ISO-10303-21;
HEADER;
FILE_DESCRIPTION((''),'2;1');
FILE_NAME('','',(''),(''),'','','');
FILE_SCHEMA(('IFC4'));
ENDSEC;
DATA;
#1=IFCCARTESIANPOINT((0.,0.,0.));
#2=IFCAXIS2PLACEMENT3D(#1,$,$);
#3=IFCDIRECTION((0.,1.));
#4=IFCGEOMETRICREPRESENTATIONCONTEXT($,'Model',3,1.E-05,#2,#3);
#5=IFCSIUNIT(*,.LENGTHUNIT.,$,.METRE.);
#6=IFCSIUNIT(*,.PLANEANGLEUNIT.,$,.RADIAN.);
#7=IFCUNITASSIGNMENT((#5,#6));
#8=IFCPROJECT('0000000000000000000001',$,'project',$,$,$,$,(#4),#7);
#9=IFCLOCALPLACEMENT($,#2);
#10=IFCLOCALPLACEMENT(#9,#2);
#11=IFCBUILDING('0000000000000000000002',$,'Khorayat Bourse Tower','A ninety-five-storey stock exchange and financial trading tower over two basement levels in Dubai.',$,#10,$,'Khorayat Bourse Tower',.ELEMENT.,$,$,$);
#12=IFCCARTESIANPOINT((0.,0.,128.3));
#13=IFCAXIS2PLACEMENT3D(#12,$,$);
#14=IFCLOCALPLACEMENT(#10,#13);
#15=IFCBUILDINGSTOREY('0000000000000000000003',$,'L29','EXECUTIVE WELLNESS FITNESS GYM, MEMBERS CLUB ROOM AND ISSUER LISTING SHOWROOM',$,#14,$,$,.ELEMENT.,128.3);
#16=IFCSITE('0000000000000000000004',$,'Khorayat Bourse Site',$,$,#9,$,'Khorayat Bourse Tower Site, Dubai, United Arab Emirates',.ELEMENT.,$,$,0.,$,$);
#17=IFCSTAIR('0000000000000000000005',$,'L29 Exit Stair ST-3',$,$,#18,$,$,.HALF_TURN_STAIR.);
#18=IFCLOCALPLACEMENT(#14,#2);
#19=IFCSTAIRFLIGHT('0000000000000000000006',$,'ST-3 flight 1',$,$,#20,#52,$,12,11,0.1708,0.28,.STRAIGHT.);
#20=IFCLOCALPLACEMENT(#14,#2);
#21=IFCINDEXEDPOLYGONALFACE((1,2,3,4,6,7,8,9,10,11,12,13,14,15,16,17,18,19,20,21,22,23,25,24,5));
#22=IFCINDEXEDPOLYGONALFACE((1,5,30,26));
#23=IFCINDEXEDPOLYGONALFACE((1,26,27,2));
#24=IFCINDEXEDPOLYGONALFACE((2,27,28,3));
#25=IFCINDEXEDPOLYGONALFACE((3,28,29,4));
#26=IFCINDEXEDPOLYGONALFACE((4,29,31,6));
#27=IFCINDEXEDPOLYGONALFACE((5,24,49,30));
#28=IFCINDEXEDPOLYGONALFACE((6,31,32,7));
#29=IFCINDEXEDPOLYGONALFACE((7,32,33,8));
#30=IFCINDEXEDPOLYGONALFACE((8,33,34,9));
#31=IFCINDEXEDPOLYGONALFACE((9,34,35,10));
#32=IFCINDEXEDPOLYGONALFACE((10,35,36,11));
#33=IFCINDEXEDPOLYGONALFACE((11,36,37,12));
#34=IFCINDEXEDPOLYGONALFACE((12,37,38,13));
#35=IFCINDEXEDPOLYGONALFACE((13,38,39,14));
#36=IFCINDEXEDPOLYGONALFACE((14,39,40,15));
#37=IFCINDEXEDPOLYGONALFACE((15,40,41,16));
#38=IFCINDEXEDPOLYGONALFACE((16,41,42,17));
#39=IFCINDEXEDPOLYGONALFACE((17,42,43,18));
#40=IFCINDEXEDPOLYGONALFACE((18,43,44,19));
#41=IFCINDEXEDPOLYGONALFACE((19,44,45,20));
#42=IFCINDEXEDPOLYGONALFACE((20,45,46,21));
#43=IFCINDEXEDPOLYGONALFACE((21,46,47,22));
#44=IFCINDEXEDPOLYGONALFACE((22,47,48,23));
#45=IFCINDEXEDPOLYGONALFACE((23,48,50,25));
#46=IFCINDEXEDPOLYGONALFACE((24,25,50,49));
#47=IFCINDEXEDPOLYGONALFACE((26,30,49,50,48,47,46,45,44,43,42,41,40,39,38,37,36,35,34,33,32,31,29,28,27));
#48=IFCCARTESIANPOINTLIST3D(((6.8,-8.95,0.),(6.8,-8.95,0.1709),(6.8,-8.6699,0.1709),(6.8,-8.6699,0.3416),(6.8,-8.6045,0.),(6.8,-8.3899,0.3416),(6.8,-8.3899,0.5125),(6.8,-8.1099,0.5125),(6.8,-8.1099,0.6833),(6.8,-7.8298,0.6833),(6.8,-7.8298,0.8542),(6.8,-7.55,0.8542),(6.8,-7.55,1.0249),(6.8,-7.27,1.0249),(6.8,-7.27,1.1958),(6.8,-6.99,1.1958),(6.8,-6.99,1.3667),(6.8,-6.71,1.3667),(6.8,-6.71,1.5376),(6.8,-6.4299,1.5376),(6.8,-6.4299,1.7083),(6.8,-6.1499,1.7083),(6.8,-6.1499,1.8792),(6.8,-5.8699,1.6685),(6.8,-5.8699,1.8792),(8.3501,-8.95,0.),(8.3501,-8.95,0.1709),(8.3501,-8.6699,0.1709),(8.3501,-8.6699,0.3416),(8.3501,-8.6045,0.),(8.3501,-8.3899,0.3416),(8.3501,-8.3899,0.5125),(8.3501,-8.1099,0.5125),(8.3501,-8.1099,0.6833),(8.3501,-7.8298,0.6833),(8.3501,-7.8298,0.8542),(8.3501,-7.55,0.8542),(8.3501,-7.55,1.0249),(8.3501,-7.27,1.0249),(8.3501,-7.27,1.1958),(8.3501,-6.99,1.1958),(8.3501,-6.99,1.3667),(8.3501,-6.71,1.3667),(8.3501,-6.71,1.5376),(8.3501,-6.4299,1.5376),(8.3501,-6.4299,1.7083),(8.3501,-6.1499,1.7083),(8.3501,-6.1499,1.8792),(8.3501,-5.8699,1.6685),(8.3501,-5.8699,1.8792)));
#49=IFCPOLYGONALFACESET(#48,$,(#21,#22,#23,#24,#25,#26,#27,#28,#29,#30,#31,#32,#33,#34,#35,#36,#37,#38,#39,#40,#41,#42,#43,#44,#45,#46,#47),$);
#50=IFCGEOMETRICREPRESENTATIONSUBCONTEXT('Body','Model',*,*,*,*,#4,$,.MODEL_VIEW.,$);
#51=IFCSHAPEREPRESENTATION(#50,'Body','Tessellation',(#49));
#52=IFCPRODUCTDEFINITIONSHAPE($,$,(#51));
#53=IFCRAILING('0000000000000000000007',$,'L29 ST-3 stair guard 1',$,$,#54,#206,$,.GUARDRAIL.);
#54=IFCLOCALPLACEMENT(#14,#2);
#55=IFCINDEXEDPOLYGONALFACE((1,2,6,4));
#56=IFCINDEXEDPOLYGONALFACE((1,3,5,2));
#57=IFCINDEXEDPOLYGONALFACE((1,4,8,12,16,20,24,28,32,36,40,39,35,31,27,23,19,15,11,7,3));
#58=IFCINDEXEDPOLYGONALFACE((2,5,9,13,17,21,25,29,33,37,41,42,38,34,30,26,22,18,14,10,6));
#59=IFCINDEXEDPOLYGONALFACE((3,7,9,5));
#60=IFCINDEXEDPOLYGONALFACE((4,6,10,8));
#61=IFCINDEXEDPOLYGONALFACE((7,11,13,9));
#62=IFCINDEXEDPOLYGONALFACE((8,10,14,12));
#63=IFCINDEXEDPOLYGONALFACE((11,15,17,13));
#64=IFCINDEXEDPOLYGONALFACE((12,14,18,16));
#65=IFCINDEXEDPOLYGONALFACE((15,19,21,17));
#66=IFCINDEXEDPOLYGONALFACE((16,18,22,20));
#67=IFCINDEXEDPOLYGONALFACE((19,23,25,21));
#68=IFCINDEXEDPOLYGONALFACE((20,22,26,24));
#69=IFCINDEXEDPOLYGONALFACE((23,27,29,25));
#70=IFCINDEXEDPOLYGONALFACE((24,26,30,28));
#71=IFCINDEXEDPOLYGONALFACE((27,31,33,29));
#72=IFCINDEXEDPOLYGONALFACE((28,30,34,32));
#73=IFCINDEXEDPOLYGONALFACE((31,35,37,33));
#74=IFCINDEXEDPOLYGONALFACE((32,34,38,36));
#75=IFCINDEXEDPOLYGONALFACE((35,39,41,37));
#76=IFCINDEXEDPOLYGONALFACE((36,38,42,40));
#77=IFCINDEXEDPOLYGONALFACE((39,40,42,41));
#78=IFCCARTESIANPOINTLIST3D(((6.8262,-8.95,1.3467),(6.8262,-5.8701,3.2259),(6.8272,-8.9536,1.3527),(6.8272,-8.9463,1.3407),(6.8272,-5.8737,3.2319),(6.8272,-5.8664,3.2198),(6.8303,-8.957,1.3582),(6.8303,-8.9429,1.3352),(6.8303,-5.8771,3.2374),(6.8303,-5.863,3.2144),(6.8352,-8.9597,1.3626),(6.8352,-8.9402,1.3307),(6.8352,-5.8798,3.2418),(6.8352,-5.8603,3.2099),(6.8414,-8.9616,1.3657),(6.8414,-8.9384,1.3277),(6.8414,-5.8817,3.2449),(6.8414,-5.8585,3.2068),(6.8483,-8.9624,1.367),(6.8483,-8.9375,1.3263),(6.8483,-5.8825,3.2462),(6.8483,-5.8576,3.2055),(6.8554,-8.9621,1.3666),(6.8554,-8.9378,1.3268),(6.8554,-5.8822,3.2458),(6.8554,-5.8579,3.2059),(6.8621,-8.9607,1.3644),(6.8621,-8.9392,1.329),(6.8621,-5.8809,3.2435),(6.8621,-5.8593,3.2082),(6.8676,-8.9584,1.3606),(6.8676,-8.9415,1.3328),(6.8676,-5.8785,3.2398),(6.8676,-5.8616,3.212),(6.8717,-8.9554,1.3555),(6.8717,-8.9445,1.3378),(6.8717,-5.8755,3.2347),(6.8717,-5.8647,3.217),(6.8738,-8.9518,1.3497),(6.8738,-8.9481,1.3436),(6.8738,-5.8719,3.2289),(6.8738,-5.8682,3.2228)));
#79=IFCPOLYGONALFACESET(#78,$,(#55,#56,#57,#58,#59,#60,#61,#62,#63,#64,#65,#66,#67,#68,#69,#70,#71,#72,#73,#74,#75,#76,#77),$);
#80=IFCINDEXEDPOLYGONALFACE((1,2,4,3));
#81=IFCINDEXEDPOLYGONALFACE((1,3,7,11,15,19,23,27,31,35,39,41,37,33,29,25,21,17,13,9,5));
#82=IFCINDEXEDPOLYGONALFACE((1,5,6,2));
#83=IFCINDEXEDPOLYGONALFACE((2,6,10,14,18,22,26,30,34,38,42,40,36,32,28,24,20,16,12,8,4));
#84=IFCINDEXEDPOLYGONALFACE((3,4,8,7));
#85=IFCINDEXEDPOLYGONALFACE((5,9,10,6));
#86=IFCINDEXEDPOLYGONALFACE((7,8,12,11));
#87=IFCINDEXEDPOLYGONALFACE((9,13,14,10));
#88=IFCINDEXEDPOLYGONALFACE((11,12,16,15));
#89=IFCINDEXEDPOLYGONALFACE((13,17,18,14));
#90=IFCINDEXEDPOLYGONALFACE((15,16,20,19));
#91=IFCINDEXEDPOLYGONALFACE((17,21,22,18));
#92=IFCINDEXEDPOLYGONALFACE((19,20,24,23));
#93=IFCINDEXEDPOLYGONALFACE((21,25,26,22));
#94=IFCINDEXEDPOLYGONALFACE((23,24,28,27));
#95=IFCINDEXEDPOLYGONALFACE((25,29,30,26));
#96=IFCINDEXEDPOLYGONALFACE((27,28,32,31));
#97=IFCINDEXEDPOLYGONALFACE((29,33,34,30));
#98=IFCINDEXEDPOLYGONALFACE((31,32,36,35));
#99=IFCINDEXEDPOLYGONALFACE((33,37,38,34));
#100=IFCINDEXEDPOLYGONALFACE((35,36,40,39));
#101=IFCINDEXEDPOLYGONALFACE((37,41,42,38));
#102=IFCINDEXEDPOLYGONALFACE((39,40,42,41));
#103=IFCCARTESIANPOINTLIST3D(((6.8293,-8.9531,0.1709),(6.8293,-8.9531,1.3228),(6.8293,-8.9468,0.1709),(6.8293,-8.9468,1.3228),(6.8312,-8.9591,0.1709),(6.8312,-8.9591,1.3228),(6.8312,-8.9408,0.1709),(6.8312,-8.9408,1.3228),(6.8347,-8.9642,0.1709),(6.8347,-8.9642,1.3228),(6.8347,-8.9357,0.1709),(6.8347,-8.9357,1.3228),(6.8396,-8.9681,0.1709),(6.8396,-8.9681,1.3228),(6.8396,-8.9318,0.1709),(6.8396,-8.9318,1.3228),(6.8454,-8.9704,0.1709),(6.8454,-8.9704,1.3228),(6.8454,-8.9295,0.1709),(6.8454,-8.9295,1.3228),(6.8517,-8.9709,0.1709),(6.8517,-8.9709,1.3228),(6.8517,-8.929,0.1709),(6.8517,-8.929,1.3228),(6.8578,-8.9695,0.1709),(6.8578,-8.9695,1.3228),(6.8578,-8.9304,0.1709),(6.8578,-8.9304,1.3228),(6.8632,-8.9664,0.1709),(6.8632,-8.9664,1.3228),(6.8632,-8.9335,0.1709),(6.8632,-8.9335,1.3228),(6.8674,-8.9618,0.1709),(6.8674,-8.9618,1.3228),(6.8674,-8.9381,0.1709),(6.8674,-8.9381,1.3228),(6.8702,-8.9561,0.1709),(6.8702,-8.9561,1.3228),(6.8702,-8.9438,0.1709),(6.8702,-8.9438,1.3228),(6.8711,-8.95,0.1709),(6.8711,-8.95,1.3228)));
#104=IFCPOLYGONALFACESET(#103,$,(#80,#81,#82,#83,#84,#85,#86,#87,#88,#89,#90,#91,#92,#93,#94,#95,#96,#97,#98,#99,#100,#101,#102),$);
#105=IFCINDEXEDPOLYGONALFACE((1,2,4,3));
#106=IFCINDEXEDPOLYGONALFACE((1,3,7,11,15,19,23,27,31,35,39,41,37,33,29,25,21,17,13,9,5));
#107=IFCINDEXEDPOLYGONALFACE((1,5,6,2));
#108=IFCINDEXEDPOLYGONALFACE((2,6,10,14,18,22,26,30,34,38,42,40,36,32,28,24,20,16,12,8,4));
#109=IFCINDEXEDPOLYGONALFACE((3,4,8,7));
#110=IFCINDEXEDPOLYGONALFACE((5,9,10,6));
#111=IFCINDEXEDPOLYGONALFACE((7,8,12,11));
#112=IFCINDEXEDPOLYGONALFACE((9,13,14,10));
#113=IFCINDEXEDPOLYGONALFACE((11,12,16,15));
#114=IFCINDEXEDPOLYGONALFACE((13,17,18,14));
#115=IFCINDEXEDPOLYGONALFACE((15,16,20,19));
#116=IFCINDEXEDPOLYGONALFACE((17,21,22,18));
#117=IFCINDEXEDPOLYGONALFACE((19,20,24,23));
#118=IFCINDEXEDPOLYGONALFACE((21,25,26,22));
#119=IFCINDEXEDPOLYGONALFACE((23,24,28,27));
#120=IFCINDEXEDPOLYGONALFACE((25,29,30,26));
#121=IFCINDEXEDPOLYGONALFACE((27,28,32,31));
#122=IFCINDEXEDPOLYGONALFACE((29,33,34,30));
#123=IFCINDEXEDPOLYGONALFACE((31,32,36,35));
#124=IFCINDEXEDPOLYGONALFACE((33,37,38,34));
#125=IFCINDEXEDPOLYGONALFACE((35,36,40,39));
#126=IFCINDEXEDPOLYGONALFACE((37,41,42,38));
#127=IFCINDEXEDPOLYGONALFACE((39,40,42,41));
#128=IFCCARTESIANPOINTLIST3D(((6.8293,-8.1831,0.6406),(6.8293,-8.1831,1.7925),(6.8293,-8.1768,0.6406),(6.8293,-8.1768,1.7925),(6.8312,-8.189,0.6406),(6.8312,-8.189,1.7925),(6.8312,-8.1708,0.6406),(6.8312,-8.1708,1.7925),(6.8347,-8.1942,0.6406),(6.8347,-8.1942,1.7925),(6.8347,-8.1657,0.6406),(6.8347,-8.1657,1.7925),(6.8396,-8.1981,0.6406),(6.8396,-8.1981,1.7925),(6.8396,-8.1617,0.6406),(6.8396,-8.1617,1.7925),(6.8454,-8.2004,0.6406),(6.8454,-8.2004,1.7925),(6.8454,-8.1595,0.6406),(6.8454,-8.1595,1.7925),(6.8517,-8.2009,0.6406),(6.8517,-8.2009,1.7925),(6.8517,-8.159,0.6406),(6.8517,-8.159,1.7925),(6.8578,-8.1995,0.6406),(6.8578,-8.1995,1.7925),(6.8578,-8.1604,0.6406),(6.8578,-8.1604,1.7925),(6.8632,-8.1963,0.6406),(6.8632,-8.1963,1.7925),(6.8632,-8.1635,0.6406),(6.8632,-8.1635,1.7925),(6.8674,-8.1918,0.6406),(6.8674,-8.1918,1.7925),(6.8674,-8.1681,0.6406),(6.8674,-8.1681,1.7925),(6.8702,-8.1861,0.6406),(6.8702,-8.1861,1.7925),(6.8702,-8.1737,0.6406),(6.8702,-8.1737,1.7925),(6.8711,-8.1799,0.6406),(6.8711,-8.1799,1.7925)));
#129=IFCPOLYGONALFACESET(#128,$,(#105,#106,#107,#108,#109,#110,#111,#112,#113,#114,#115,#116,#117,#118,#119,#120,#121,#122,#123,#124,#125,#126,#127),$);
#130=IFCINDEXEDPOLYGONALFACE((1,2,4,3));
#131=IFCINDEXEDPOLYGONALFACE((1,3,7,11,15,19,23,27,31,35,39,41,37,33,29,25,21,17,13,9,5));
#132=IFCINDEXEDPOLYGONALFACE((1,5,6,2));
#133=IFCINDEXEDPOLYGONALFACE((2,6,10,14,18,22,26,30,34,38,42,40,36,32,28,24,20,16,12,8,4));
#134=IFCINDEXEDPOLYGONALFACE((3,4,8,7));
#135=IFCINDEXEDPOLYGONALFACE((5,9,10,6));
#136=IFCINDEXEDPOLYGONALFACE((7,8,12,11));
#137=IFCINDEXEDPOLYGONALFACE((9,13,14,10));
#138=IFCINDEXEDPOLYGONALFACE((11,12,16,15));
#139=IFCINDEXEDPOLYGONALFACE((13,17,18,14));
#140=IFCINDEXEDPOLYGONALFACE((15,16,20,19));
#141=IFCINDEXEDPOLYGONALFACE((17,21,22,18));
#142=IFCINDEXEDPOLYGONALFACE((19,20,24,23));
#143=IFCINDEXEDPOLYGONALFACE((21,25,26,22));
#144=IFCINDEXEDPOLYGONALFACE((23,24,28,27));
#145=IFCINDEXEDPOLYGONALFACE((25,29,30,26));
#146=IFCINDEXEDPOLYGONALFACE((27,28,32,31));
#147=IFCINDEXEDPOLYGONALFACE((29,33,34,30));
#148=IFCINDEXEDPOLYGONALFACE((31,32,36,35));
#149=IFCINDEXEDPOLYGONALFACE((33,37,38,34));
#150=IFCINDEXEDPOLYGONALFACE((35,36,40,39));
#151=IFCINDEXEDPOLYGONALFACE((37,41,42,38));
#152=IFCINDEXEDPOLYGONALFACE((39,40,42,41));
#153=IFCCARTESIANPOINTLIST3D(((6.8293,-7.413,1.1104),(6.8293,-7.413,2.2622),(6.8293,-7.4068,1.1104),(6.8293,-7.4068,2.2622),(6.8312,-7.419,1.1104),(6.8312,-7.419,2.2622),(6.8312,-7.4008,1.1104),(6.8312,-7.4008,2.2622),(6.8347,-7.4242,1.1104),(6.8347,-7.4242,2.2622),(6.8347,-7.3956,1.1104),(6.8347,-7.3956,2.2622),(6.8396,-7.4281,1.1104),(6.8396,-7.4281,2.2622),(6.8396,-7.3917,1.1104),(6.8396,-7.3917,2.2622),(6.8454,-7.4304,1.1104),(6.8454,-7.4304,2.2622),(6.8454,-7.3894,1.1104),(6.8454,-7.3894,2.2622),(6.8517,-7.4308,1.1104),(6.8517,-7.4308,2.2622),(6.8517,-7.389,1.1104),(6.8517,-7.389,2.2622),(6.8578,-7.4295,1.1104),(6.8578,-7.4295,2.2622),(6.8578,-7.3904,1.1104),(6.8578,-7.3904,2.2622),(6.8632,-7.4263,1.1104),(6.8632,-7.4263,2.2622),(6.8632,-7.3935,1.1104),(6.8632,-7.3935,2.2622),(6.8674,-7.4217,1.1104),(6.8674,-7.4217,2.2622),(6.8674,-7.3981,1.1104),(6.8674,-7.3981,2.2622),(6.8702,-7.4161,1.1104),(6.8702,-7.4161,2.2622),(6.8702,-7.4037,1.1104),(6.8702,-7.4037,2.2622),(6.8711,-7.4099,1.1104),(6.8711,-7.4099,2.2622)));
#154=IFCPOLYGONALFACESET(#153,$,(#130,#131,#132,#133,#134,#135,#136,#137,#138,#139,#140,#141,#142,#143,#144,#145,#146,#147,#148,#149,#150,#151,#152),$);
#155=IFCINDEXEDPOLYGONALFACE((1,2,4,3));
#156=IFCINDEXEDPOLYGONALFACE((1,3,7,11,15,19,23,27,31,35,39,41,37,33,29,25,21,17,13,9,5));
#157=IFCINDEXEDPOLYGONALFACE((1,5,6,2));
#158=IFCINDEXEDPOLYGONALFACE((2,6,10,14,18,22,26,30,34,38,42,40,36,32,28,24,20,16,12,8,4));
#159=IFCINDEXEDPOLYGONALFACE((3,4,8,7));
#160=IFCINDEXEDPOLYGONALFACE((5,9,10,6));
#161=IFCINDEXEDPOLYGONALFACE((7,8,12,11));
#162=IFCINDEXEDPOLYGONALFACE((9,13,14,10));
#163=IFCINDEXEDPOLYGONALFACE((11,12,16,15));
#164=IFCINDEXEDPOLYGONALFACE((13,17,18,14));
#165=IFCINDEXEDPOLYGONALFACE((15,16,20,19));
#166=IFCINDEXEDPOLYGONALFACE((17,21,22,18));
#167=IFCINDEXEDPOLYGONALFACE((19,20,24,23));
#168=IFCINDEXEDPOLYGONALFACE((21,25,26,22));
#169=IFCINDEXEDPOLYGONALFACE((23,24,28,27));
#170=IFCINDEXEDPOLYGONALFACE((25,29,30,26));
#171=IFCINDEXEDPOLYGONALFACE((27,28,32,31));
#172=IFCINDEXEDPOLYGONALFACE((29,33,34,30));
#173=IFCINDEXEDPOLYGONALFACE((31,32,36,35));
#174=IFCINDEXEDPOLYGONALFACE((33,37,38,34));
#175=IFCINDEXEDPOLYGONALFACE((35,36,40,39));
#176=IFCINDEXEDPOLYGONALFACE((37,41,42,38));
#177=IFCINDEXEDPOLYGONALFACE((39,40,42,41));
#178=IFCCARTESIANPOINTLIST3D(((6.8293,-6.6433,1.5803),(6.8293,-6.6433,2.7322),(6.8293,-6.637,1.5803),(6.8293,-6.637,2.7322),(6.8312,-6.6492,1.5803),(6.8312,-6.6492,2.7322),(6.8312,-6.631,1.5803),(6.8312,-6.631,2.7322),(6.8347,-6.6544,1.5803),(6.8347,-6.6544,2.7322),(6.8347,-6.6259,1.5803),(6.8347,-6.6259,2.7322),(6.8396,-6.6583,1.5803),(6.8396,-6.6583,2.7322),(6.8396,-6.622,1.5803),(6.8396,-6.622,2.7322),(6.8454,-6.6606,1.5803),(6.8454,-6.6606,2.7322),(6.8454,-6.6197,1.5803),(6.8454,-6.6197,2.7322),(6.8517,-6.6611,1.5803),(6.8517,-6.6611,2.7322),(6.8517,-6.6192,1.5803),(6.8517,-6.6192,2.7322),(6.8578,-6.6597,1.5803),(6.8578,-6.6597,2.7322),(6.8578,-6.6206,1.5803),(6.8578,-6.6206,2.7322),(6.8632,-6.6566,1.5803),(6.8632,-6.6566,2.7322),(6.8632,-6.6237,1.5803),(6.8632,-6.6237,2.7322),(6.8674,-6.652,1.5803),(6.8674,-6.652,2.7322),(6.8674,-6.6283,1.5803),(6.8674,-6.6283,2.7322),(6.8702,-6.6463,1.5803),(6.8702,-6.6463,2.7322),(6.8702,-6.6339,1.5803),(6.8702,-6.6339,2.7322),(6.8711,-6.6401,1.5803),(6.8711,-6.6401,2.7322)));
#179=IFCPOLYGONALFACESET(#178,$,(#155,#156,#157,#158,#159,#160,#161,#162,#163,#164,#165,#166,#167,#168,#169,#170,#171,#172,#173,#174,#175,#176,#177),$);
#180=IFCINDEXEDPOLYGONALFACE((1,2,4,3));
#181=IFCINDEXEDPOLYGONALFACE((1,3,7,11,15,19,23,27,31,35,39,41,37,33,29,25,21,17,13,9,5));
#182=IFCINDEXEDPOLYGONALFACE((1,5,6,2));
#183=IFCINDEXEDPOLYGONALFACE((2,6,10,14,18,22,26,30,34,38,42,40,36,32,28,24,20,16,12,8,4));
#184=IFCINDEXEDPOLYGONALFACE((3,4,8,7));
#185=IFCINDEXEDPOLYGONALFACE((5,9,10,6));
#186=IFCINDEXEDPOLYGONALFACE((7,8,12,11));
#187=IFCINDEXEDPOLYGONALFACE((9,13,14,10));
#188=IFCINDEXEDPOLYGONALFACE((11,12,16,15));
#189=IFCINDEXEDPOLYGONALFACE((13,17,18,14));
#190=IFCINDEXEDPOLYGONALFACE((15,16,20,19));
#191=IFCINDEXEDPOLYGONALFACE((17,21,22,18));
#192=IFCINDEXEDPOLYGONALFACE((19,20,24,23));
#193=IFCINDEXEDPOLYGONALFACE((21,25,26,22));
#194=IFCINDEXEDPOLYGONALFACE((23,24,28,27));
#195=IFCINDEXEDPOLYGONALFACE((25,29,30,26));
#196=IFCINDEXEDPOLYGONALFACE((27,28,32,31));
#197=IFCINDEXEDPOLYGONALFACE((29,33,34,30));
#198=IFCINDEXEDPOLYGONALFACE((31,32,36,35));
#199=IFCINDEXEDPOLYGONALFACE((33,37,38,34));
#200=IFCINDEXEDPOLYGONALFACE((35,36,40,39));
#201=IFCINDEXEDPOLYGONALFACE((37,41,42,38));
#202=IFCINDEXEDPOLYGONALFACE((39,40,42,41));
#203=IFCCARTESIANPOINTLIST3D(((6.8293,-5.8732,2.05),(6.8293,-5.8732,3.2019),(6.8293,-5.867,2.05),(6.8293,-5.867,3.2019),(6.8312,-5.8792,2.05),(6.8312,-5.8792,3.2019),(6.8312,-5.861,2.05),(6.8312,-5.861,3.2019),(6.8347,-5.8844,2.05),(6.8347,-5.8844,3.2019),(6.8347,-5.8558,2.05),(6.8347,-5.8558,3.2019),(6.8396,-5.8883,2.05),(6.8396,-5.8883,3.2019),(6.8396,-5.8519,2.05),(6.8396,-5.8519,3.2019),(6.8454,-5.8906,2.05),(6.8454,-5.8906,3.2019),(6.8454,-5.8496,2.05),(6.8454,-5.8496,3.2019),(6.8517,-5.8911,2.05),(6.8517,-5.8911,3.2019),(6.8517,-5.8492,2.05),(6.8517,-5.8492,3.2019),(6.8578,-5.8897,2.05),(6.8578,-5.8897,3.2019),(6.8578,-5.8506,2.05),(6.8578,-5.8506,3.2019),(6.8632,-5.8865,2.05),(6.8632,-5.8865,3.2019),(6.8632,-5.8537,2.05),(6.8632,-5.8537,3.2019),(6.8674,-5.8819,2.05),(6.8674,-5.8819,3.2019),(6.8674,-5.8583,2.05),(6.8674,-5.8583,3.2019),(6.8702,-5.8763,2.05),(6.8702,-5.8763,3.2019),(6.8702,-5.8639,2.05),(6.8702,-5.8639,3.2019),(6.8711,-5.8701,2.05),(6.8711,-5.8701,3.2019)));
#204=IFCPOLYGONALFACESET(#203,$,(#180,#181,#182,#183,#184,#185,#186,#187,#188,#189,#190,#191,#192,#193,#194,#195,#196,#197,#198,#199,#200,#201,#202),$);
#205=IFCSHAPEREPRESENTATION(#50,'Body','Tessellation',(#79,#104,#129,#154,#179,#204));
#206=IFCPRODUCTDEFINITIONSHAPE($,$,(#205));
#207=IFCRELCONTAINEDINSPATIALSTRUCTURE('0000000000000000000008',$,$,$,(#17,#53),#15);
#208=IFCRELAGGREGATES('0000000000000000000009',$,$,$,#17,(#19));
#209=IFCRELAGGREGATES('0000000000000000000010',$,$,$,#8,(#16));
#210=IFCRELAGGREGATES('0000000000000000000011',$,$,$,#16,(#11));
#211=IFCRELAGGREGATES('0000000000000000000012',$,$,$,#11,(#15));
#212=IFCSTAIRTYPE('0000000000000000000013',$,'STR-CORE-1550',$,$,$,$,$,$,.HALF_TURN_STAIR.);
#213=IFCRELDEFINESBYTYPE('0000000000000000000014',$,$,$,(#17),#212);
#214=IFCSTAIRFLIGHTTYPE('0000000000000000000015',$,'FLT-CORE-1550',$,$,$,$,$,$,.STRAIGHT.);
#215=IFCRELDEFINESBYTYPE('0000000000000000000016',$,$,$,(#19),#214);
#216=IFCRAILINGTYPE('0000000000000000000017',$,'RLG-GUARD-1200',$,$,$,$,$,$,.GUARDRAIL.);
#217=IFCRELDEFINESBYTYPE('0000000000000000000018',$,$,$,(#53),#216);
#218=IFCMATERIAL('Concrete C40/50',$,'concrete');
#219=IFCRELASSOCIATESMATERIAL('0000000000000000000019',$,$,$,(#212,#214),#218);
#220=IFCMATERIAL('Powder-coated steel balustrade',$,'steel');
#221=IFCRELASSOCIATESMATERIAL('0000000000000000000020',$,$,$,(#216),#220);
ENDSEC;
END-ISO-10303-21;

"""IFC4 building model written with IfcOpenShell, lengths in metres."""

from ifc_helpers import new_model, si_unit, direction, frame, origin, origin_2d, place, context, subcontext, project, spatial, polyline, circle, outline, extrude, source, transform, mapped, material, type_object, element, aggregate, save


model = new_model("IFC4")

# Units and contexts
model_context = context("Model", 3, precision=1e-05, world=origin(), true_north=direction((0.0, 1.0)))
body_context = subcontext(model_context, "Body", "Model", "MODEL_VIEW")
ifc_project = project(units=[si_unit("LENGTHUNIT", "METRE"), si_unit("PLANEANGLEUNIT", "RADIAN")], contexts=[model_context])

# Site, building, storey
site_placement = place(None, origin())
site = spatial("IfcSite", under=ifc_project, at=site_placement, Name="Khorayat Bourse Site", LongName="Khorayat Bourse Tower Site, Dubai, United Arab Emirates", CompositionType="ELEMENT", RefElevation=0.0)
building_placement = place(site_placement, origin())
building = spatial("IfcBuilding", under=site, at=building_placement, Name="Khorayat Bourse Tower", Description="A ninety-five-storey stock exchange and financial trading tower over two basement levels in Dubai.", LongName="Khorayat Bourse Tower", CompositionType="ELEMENT")
storey_placement = place(building_placement, frame((0.0, 0.0, 128.3)))
storey = spatial("IfcBuildingStorey", under=building, at=storey_placement, Name="L29", Description="EXECUTIVE WELLNESS FITNESS GYM, MEMBERS CLUB ROOM AND ISSUER LISTING SHOWROOM", CompositionType="ELEMENT", Elevation=128.3)

# Stair, stair flight
ifc_material_1 = material(Name="Concrete C40/50", Category="concrete")
stair_type = type_object("IfcStairType", Name="STR-CORE-1550", PredefinedType="HALF_TURN_STAIR", material=ifc_material_1)
stair_placement = place(storey_placement, origin())
stair = element("IfcStair", 1, at=stair_placement, inside=storey, type_object=stair_type, Name="L29 Exit Stair ST-3", PredefinedType="HALF_TURN_STAIR")
stair_flight_type = type_object("IfcStairFlightType", Name="FLT-CORE-1550", PredefinedType="STRAIGHT", material=ifc_material_1)
shared_shape_1 = source(origin(), body_context, "Body", "SweptSolid", [
    extrude(outline(polyline([(0.0, 0.0), (0.0, 0.1709), (0.28, 0.1709), (0.28, 0.3416), (0.5601, 0.3416), (0.5601, 0.5125), (0.8401, 0.5125), (0.8401, 0.6833), (1.1201, 0.6833), (1.1201, 0.8542), (1.3999, 0.8542), (1.3999, 1.0249), (1.6799, 1.0249), (1.6799, 1.1958), (1.96, 1.1958), (1.96, 1.3667), (2.24, 1.3667), (2.24, 1.5376), (2.52, 1.5376), (2.52, 1.7083), (2.8, 1.7083), (2.8, 1.8792), (3.0801, 1.8792), (3.0801, 2.05), (3.0801, 1.6685), (0.3455, 0.0), (0.0, 0.0)])), frame((0.0, 0.7749, 0.0), z_axis=(0.0, -1.0, 0.0), x_axis=(1.0, 0.0, 0.0)), (0.0, 0.0, 1.0), 1.55),
])
stair_flight_placement = place(storey_placement, frame((7.575, -8.95, 0.0), z_axis=(0.0, 0.0, 1.0), x_axis=(0.0, 1.0, 0.0)))
stair_flight = element("IfcStairFlight", 2, at=stair_flight_placement, type_object=stair_flight_type, Name="ST-3 flight 1", NumberOfRisers=12, NumberOfTreads=11, PredefinedType="STRAIGHT", RiserHeight=0.1708, TreadLength=0.28, context=body_context, shape_type="MappedRepresentation", body=[
    mapped(shared_shape_1, transform((0.0, 0.0, 0.0), scale=1.0)),
])
aggregate(stair, [stair_flight])

# Railing
ifc_material_2 = material(Name="Powder-coated steel balustrade", Category="steel")
railing_type_1 = type_object("IfcRailingType", Name="RLG-GUARD-1200", PredefinedType="GUARDRAIL", material=ifc_material_2)
shared_shape_2 = source(origin(), body_context, "Body", "SweptSolid", [
    extrude(circle(Radius=0.0239, at=origin_2d()), frame((0.0, 0.0, 1.1758), z_axis=(0.0, 0.853648, 0.52085), x_axis=(-1.0, 0.0, 0.0)), (0.0, 0.0, 1.0), 3.6079),
    extrude(circle(Radius=0.021, at=origin_2d()), origin(), (0.0, 0.0, 1.0), 1.1519),
    extrude(circle(Radius=0.021, at=origin_2d()), frame((0.0, 0.77, 0.4697)), (0.0, 0.0, 1.0), 1.1519),
    extrude(circle(Radius=0.021, at=origin_2d()), frame((0.0, 1.54, 0.9395)), (0.0, 0.0, 1.0), 1.1519),
    extrude(circle(Radius=0.021, at=origin_2d()), frame((0.0, 2.3098, 1.4094)), (0.0, 0.0, 1.0), 1.1519),
    extrude(circle(Radius=0.021, at=origin_2d()), frame((0.0, 3.0798, 1.8792)), (0.0, 0.0, 1.0), 1.1519),
])
railing_1_placement = place(storey_placement, frame((6.8501, -8.95, 0.1709)))
element("IfcRailing", 3, at=railing_1_placement, inside=storey, type_object=railing_type_1, Name="L29 ST-3 stair guard 1", PredefinedType="GUARDRAIL", context=body_context, shape_type="MappedRepresentation", body=[
    mapped(shared_shape_2, transform((0.0, 0.0, 0.0), scale=1.0)),
])

save(model, "model.ifc")
